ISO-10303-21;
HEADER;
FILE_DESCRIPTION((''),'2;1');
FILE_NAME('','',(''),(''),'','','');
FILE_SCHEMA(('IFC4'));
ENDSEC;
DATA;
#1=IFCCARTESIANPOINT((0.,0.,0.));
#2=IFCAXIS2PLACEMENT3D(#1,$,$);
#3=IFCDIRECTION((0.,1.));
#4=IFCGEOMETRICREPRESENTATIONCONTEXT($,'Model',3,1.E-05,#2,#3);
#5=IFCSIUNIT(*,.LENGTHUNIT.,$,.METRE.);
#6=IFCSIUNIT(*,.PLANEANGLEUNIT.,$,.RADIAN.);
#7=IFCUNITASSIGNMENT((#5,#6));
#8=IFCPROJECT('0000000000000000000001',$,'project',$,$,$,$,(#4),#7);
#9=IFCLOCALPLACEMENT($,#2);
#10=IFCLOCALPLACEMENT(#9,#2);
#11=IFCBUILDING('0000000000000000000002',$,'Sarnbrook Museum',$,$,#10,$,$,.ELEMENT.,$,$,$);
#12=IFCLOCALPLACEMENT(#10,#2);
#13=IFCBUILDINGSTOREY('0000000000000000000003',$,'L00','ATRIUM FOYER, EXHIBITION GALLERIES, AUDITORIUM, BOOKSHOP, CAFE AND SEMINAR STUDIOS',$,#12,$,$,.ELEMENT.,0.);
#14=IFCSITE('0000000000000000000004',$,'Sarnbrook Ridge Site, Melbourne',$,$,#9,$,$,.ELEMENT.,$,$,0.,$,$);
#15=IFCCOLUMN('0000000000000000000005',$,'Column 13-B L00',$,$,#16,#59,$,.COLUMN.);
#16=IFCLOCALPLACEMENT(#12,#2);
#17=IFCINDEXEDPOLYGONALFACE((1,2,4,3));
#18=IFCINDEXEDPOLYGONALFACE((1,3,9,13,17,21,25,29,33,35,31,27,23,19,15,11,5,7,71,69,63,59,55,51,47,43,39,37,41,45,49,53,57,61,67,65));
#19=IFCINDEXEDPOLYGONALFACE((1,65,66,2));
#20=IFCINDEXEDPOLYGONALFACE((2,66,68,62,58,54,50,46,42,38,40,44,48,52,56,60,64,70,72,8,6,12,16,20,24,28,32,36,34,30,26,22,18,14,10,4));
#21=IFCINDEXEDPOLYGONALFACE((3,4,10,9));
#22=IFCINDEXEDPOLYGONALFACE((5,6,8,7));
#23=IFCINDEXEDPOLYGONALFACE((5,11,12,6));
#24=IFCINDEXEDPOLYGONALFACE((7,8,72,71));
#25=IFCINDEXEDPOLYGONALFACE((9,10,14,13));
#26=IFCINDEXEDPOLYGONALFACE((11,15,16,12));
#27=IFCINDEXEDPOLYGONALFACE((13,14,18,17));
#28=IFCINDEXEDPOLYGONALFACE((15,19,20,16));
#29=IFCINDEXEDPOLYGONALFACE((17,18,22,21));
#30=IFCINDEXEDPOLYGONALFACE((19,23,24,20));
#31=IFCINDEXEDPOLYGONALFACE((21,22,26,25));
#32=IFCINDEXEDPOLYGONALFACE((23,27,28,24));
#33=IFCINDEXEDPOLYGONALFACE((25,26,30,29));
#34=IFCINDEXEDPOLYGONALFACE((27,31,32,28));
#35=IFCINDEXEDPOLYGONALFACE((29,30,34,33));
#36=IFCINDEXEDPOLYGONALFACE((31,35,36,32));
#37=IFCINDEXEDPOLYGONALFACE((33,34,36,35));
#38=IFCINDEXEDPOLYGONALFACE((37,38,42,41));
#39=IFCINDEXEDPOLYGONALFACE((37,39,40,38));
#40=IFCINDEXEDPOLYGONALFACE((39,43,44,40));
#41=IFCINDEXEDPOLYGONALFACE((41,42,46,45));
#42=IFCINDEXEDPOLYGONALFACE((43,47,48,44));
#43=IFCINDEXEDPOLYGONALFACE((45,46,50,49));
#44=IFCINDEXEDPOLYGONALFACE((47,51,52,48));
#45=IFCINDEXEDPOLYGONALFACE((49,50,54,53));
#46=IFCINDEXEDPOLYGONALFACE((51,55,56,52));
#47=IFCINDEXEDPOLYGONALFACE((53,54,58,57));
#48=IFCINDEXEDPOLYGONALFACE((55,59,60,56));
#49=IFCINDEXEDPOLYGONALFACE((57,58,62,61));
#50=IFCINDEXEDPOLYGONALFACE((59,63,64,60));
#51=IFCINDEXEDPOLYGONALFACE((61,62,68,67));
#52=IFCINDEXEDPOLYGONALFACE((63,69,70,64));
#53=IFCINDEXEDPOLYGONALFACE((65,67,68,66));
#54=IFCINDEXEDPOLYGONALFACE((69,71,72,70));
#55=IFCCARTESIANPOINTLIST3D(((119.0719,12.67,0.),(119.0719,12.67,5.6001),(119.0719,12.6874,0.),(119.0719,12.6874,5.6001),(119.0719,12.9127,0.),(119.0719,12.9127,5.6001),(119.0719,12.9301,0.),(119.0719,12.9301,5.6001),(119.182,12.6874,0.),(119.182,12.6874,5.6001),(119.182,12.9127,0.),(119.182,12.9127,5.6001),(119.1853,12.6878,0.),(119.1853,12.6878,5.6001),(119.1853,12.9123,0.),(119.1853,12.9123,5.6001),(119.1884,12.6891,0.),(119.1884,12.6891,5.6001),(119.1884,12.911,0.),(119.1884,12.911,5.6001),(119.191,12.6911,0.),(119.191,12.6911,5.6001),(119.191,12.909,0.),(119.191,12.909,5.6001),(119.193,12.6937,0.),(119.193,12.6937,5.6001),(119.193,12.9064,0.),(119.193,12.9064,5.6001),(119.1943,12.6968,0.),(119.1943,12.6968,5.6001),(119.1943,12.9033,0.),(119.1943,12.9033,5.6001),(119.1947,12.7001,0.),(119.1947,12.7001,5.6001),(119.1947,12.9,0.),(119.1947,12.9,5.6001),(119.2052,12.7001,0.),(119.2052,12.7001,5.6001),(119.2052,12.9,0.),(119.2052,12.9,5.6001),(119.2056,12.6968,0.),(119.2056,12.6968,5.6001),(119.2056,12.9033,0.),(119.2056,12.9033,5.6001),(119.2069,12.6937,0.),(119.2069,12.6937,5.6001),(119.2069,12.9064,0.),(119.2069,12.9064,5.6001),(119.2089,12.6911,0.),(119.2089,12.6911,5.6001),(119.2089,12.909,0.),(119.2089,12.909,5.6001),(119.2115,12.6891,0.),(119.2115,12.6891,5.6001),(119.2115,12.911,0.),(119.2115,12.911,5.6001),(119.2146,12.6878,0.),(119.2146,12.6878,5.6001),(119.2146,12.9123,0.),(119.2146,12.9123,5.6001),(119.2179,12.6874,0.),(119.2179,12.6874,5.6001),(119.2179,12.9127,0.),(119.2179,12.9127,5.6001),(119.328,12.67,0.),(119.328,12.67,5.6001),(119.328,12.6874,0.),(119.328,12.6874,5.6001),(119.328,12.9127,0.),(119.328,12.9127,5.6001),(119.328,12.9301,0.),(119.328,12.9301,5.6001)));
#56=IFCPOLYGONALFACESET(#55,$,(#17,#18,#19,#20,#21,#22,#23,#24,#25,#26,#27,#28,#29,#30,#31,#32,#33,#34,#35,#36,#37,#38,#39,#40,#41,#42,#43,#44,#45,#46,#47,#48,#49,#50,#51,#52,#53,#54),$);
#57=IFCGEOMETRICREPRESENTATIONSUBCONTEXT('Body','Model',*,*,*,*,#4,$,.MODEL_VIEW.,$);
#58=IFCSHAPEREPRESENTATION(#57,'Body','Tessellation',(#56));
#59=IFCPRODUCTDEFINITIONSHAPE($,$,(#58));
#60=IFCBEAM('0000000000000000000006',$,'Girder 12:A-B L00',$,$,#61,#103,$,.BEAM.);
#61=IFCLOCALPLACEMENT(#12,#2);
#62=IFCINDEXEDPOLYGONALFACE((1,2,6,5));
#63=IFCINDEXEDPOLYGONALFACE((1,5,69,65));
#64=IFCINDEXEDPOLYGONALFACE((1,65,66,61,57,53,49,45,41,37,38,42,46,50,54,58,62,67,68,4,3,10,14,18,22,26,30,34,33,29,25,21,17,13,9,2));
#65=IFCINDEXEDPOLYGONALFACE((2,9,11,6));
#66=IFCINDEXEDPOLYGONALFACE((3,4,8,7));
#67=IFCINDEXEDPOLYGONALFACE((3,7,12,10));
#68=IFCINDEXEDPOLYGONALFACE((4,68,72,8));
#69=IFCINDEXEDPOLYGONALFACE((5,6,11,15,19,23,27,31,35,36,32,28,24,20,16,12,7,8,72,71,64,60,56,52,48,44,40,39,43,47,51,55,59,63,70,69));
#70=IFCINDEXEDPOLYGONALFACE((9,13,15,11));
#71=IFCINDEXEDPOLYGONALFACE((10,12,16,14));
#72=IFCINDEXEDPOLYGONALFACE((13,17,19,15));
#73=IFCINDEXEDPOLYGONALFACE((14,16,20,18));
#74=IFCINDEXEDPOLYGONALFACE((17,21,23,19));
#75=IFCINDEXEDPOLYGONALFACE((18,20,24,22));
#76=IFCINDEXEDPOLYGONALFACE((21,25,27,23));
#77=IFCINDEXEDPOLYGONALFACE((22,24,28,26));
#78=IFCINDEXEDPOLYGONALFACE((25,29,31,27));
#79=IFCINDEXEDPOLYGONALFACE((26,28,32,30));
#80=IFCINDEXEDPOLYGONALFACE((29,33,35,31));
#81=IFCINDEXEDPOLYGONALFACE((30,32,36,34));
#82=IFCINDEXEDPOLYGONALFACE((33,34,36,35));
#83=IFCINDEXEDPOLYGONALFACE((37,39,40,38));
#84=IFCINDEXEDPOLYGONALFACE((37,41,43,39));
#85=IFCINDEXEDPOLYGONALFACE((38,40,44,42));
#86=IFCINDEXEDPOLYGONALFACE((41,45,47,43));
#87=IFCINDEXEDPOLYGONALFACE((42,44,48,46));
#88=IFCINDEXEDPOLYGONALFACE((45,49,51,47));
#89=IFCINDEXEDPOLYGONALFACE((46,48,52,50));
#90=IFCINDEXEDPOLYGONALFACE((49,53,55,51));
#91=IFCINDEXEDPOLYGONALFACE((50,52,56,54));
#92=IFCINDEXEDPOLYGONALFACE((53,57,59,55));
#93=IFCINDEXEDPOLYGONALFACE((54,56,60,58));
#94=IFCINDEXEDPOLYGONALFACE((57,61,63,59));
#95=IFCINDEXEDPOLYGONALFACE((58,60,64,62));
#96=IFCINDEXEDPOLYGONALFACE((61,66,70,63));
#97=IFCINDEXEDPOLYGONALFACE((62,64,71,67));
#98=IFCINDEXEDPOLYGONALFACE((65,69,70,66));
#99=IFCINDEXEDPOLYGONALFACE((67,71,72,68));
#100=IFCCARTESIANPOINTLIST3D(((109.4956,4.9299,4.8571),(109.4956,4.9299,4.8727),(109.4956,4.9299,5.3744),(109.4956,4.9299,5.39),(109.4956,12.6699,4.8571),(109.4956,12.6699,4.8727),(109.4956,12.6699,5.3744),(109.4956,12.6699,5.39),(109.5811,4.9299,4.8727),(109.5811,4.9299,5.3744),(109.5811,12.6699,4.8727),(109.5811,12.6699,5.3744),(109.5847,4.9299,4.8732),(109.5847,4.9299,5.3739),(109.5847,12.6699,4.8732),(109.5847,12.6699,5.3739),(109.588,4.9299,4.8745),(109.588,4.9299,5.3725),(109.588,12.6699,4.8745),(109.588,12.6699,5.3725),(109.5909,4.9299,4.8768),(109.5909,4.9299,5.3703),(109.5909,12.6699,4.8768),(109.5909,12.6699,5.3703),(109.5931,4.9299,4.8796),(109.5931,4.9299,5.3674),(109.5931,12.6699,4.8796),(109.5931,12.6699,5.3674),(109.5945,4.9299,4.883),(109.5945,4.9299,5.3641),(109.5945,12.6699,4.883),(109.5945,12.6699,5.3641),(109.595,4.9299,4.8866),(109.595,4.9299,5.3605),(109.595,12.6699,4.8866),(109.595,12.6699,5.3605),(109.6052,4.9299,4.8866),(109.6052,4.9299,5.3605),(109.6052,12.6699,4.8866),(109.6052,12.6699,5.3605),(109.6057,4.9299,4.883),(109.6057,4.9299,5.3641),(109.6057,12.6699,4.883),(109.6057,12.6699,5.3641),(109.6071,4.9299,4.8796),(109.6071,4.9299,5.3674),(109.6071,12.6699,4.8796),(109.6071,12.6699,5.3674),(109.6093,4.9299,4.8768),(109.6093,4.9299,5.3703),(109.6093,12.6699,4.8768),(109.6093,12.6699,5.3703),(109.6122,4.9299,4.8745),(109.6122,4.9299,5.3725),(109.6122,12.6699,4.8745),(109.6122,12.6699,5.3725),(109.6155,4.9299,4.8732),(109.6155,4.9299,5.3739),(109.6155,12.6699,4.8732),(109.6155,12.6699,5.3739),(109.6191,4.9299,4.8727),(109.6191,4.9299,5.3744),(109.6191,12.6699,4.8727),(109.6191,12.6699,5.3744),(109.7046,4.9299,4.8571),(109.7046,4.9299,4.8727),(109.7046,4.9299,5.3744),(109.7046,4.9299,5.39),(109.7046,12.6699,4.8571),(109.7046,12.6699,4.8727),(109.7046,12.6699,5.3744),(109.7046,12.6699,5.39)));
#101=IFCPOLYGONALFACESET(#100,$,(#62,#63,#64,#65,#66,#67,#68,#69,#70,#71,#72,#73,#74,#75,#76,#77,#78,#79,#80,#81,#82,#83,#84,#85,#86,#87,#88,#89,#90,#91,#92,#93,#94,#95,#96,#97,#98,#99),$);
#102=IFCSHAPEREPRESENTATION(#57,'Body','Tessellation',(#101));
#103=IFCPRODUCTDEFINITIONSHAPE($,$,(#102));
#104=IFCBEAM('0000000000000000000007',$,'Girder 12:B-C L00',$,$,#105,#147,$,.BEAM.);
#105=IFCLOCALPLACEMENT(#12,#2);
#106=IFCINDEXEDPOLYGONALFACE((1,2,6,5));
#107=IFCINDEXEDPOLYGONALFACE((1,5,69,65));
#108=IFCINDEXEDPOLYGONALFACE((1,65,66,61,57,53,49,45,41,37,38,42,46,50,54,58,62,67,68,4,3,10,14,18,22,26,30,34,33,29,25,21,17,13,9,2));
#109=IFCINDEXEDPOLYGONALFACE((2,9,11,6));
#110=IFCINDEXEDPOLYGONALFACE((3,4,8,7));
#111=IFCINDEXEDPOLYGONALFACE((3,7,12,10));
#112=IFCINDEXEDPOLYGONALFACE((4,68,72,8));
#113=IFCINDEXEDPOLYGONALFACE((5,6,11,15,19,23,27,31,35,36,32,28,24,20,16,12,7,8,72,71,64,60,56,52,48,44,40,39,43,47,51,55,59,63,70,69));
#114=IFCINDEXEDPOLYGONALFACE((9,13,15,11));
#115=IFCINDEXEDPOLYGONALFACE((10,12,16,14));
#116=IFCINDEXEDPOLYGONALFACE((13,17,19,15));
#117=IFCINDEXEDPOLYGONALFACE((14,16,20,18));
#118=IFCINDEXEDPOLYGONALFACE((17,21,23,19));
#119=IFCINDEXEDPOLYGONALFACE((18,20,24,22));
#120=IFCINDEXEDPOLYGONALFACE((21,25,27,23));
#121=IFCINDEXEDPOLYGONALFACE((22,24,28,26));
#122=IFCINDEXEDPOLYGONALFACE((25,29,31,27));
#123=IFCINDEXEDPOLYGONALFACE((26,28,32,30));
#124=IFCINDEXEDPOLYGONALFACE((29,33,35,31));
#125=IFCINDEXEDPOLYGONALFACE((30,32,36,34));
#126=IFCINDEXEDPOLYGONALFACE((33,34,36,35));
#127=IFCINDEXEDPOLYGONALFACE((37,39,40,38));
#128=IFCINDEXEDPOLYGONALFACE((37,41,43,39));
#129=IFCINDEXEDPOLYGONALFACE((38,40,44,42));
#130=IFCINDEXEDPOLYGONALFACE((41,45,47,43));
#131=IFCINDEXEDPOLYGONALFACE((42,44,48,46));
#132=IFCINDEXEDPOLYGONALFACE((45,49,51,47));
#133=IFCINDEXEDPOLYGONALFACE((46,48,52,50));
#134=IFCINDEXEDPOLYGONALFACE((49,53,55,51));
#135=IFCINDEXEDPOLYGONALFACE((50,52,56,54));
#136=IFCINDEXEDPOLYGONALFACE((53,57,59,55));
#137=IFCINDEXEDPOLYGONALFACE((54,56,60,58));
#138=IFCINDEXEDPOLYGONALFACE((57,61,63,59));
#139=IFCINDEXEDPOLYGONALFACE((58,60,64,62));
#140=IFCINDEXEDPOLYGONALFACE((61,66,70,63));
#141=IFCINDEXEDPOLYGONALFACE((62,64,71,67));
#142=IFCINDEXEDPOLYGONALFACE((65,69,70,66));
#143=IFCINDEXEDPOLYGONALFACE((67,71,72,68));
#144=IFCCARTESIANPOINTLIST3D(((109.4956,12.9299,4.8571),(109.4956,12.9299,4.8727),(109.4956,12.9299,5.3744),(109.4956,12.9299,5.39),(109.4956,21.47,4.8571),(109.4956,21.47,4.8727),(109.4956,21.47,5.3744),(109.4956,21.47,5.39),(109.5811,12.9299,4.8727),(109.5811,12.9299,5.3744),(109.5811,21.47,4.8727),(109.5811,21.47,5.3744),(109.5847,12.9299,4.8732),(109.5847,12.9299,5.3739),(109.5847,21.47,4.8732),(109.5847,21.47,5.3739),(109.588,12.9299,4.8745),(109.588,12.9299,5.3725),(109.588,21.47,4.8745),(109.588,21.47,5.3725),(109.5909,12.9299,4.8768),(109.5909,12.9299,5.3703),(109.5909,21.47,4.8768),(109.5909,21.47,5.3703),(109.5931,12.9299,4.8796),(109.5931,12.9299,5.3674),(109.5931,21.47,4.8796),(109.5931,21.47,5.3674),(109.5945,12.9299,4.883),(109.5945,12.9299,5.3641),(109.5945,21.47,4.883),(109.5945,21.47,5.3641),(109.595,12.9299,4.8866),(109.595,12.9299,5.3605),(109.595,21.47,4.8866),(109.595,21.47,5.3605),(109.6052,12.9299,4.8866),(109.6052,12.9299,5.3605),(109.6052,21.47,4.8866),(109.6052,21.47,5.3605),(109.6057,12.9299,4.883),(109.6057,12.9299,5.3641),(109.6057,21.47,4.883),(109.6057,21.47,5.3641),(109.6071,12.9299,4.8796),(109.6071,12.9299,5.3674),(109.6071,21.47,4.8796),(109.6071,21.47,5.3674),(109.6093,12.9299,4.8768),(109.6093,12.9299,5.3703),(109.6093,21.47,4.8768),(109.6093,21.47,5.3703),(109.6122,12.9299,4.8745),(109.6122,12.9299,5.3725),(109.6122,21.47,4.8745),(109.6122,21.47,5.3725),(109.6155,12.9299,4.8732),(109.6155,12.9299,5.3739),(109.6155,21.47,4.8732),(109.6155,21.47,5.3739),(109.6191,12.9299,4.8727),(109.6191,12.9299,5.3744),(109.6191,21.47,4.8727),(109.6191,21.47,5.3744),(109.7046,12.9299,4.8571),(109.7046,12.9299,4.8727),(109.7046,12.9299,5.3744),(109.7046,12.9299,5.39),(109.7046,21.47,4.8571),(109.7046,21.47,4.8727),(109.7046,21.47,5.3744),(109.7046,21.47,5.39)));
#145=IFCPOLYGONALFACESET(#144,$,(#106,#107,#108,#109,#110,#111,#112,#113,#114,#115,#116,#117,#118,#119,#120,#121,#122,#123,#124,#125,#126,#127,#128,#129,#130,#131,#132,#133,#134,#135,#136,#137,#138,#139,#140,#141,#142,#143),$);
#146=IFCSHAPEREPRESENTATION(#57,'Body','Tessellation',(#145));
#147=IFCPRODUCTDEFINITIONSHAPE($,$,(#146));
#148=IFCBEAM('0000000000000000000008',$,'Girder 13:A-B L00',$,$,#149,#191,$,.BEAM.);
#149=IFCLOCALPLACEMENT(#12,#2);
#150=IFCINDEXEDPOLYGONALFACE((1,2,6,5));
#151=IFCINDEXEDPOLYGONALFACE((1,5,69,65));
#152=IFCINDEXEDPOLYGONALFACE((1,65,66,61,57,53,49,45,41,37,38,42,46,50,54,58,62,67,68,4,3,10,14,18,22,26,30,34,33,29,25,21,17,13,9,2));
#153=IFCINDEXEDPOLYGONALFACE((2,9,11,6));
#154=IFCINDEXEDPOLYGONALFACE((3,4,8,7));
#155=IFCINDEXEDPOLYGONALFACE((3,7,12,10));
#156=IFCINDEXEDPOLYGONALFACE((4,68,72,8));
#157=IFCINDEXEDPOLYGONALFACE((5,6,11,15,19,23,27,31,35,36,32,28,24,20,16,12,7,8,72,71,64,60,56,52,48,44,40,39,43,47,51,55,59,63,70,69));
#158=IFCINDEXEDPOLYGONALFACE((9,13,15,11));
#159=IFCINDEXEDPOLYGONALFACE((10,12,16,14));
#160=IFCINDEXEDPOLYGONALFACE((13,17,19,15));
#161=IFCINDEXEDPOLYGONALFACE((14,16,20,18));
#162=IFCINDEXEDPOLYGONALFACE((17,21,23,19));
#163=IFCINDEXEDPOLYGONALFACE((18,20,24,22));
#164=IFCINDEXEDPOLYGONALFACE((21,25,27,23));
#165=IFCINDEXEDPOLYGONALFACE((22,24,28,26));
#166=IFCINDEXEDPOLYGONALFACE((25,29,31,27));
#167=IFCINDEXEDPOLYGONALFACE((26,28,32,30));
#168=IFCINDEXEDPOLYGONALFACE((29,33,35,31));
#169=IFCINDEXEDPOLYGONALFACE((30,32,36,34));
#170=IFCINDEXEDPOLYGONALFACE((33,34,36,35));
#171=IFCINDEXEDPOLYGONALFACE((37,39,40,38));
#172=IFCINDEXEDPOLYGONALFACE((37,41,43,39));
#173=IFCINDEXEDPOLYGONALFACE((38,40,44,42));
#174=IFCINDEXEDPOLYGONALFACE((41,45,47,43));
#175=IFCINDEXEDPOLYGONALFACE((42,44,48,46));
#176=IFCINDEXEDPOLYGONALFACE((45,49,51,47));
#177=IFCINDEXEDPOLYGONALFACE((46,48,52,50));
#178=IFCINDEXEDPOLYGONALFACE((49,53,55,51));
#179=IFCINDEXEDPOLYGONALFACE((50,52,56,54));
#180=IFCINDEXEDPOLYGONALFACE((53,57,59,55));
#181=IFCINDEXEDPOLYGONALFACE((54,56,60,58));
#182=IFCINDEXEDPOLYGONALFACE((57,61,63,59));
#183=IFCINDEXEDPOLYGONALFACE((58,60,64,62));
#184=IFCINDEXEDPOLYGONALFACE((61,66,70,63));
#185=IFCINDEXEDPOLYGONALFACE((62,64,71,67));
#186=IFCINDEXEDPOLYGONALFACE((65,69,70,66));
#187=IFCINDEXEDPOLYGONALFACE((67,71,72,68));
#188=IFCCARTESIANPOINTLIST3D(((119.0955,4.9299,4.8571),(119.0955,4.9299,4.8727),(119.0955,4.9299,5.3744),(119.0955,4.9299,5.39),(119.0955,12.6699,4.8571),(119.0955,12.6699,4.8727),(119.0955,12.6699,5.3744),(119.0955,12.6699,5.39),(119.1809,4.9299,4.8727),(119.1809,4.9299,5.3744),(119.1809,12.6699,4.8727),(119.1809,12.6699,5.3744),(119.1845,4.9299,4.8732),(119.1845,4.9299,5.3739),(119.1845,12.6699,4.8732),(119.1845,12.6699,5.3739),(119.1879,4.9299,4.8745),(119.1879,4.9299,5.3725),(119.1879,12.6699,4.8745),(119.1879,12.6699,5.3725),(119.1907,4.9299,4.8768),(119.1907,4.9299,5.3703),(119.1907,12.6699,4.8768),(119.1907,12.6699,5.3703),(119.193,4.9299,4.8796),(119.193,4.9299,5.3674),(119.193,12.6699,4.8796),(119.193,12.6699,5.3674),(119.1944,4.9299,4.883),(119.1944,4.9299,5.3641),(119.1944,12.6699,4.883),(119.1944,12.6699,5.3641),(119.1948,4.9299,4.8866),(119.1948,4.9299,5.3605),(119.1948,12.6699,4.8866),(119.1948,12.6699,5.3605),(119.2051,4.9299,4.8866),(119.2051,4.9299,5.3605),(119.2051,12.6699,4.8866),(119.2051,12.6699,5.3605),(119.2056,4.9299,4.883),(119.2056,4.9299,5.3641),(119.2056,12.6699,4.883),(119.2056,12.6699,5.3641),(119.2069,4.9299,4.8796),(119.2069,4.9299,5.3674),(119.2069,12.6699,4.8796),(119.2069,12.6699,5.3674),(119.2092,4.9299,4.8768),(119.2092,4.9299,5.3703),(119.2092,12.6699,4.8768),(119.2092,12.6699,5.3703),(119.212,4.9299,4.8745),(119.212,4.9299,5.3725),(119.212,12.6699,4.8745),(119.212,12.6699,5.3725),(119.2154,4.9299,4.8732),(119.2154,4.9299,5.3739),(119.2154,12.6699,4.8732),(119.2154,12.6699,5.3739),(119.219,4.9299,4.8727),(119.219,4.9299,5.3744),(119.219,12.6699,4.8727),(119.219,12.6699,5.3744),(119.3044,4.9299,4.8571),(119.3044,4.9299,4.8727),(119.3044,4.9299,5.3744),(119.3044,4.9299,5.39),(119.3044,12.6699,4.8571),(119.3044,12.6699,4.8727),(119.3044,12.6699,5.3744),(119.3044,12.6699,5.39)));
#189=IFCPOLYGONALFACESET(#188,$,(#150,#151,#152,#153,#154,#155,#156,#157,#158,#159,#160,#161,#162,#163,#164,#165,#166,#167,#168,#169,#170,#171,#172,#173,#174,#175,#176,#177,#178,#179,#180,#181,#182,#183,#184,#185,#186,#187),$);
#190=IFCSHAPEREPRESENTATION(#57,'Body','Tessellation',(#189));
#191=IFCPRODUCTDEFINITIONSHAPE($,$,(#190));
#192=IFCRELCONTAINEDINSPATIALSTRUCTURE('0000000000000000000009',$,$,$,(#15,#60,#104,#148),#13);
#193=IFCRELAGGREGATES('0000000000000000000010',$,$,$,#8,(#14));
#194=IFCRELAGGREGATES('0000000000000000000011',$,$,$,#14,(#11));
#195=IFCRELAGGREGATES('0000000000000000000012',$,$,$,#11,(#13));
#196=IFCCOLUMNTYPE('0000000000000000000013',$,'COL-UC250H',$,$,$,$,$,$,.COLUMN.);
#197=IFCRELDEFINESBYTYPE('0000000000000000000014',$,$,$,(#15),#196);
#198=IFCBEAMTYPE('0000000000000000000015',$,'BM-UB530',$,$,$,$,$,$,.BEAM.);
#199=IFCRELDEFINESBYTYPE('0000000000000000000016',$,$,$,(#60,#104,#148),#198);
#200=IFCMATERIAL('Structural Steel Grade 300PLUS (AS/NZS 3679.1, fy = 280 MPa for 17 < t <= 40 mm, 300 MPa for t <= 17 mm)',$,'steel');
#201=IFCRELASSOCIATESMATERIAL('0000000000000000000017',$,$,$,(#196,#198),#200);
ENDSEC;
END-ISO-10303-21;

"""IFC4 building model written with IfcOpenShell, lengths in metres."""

from ifc_helpers import new_model, si_unit, direction, frame, origin, origin_2d, place, context, subcontext, project, spatial, i_section, extrude, material, material_profile, profile_set, type_object, element, save


model = new_model("IFC4")

# Units and contexts
model_context = context("Model", 3, precision=1e-05, world=origin(), true_north=direction((0.0, 1.0)))
body_context = subcontext(model_context, "Body", "Model", "MODEL_VIEW")
ifc_project = project(units=[si_unit("LENGTHUNIT", "METRE"), si_unit("PLANEANGLEUNIT", "RADIAN")], contexts=[model_context])

# Site, building, storey
site_placement = place(None, origin())
site = spatial("IfcSite", under=ifc_project, at=site_placement, Name="Sarnbrook Ridge Site, Melbourne", CompositionType="ELEMENT", RefElevation=0.0)
building_placement = place(site_placement, origin())
building = spatial("IfcBuilding", under=site, at=building_placement, Name="Sarnbrook Museum", CompositionType="ELEMENT")
storey_placement = place(building_placement, origin())
storey = spatial("IfcBuildingStorey", under=building, at=storey_placement, Name="L00", Description="ATRIUM FOYER, EXHIBITION GALLERIES, AUDITORIUM, BOOKSHOP, CAFE AND SEMINAR STUDIOS", CompositionType="ELEMENT", Elevation=0.0)

# Column
ifc_material_1 = material(Name="Structural Steel Grade 300PLUS (AS/NZS 3679.1, fy = 280 MPa for 17 < t <= 40 mm, 300 MPa for t <= 17 mm)", Category="steel")
ifc_material_profile_1 = material_profile(ifc_material_1, i_section(OverallWidth=0.2561, OverallDepth=0.26, WebThickness=0.0105, FlangeThickness=0.0173, FilletRadius=0.0127, at=origin_2d()), Name="250UC89.5")
ifc_profile_set_1 = profile_set([ifc_material_profile_1], Name="Structural Steel Grade 300PLUS (AS/NZS 3679.1, fy = 280 MPa for 17 < t <= 40 mm, 300 MPa for t <= 17 mm)")
column_type = type_object("IfcColumnType", Name="COL-UC250H", PredefinedType="COLUMN", material=ifc_profile_set_1)
for number, where, z_axis, x_axis, name in (
    (1, (119.2, 12.8, 0.0), (0.0, 0.0, 1.0), (1.0, 0.0, 0.0), "Column 13-B L00"),
):
    element("IfcColumn", number, at=place(storey_placement, frame(where, z_axis=z_axis, x_axis=x_axis)), inside=storey, type_object=column_type, Name=name, PredefinedType="COLUMN", context=body_context, shape_type="SweptSolid", body=[
        extrude(i_section(OverallWidth=0.2561, OverallDepth=0.26, WebThickness=0.0105, FlangeThickness=0.0173, FilletRadius=0.0127, at=origin_2d()), origin(), (0.0, 0.0, 1.0), 5.6001),
    ])

# Beams
ifc_material_profile_2 = material_profile(ifc_material_1, i_section(OverallWidth=0.209, OverallDepth=0.533, WebThickness=0.0103, FlangeThickness=0.0156, FilletRadius=0.0139, at=origin_2d()), Name="530UB92.4")
ifc_profile_set_2 = profile_set([ifc_material_profile_2], Name="Structural Steel Grade 300PLUS (AS/NZS 3679.1, fy = 280 MPa for 17 < t <= 40 mm, 300 MPa for t <= 17 mm)")
beam_type_1 = type_object("IfcBeamType", Name="BM-UB530", PredefinedType="BEAM", material=ifc_profile_set_2)
beam_1_placement = place(storey_placement, frame((109.6001, 4.9299, 5.1235), z_axis=(0.0, 1.0, 0.0), x_axis=(-1.0, 0.0, 0.0)))
element("IfcBeam", 2, at=beam_1_placement, inside=storey, type_object=beam_type_1, Name="Girder 12:A-B L00", PredefinedType="BEAM", context=body_context, shape_type="SweptSolid", body=[
    extrude(i_section(OverallWidth=0.209, OverallDepth=0.533, WebThickness=0.0103, FlangeThickness=0.0156, FilletRadius=0.0139, at=origin_2d()), origin(), (0.0, 0.0, 1.0), 7.74),
])
beam_2_placement = place(storey_placement, frame((109.6001, 12.9299, 5.1235), z_axis=(0.0, 1.0, 0.0), x_axis=(-1.0, 0.0, 0.0)))
element("IfcBeam", 3, at=beam_2_placement, inside=storey, type_object=beam_type_1, Name="Girder 12:B-C L00", PredefinedType="BEAM", context=body_context, shape_type="SweptSolid", body=[
    extrude(i_section(OverallWidth=0.209, OverallDepth=0.533, WebThickness=0.0103, FlangeThickness=0.0156, FilletRadius=0.0139, at=origin_2d()), origin(), (0.0, 0.0, 1.0), 8.54),
])
beam_3_placement = place(storey_placement, frame((119.2, 4.9299, 5.1235), z_axis=(0.0, 1.0, 0.0), x_axis=(-1.0, 0.0, 0.0)))
element("IfcBeam", 4, at=beam_3_placement, inside=storey, type_object=beam_type_1, Name="Girder 13:A-B L00", PredefinedType="BEAM", context=body_context, shape_type="SweptSolid", body=[
    extrude(i_section(OverallWidth=0.209, OverallDepth=0.533, WebThickness=0.0103, FlangeThickness=0.0156, FilletRadius=0.0139, at=origin_2d()), origin(), (0.0, 0.0, 1.0), 7.74),
])

save(model, "model.ifc")
